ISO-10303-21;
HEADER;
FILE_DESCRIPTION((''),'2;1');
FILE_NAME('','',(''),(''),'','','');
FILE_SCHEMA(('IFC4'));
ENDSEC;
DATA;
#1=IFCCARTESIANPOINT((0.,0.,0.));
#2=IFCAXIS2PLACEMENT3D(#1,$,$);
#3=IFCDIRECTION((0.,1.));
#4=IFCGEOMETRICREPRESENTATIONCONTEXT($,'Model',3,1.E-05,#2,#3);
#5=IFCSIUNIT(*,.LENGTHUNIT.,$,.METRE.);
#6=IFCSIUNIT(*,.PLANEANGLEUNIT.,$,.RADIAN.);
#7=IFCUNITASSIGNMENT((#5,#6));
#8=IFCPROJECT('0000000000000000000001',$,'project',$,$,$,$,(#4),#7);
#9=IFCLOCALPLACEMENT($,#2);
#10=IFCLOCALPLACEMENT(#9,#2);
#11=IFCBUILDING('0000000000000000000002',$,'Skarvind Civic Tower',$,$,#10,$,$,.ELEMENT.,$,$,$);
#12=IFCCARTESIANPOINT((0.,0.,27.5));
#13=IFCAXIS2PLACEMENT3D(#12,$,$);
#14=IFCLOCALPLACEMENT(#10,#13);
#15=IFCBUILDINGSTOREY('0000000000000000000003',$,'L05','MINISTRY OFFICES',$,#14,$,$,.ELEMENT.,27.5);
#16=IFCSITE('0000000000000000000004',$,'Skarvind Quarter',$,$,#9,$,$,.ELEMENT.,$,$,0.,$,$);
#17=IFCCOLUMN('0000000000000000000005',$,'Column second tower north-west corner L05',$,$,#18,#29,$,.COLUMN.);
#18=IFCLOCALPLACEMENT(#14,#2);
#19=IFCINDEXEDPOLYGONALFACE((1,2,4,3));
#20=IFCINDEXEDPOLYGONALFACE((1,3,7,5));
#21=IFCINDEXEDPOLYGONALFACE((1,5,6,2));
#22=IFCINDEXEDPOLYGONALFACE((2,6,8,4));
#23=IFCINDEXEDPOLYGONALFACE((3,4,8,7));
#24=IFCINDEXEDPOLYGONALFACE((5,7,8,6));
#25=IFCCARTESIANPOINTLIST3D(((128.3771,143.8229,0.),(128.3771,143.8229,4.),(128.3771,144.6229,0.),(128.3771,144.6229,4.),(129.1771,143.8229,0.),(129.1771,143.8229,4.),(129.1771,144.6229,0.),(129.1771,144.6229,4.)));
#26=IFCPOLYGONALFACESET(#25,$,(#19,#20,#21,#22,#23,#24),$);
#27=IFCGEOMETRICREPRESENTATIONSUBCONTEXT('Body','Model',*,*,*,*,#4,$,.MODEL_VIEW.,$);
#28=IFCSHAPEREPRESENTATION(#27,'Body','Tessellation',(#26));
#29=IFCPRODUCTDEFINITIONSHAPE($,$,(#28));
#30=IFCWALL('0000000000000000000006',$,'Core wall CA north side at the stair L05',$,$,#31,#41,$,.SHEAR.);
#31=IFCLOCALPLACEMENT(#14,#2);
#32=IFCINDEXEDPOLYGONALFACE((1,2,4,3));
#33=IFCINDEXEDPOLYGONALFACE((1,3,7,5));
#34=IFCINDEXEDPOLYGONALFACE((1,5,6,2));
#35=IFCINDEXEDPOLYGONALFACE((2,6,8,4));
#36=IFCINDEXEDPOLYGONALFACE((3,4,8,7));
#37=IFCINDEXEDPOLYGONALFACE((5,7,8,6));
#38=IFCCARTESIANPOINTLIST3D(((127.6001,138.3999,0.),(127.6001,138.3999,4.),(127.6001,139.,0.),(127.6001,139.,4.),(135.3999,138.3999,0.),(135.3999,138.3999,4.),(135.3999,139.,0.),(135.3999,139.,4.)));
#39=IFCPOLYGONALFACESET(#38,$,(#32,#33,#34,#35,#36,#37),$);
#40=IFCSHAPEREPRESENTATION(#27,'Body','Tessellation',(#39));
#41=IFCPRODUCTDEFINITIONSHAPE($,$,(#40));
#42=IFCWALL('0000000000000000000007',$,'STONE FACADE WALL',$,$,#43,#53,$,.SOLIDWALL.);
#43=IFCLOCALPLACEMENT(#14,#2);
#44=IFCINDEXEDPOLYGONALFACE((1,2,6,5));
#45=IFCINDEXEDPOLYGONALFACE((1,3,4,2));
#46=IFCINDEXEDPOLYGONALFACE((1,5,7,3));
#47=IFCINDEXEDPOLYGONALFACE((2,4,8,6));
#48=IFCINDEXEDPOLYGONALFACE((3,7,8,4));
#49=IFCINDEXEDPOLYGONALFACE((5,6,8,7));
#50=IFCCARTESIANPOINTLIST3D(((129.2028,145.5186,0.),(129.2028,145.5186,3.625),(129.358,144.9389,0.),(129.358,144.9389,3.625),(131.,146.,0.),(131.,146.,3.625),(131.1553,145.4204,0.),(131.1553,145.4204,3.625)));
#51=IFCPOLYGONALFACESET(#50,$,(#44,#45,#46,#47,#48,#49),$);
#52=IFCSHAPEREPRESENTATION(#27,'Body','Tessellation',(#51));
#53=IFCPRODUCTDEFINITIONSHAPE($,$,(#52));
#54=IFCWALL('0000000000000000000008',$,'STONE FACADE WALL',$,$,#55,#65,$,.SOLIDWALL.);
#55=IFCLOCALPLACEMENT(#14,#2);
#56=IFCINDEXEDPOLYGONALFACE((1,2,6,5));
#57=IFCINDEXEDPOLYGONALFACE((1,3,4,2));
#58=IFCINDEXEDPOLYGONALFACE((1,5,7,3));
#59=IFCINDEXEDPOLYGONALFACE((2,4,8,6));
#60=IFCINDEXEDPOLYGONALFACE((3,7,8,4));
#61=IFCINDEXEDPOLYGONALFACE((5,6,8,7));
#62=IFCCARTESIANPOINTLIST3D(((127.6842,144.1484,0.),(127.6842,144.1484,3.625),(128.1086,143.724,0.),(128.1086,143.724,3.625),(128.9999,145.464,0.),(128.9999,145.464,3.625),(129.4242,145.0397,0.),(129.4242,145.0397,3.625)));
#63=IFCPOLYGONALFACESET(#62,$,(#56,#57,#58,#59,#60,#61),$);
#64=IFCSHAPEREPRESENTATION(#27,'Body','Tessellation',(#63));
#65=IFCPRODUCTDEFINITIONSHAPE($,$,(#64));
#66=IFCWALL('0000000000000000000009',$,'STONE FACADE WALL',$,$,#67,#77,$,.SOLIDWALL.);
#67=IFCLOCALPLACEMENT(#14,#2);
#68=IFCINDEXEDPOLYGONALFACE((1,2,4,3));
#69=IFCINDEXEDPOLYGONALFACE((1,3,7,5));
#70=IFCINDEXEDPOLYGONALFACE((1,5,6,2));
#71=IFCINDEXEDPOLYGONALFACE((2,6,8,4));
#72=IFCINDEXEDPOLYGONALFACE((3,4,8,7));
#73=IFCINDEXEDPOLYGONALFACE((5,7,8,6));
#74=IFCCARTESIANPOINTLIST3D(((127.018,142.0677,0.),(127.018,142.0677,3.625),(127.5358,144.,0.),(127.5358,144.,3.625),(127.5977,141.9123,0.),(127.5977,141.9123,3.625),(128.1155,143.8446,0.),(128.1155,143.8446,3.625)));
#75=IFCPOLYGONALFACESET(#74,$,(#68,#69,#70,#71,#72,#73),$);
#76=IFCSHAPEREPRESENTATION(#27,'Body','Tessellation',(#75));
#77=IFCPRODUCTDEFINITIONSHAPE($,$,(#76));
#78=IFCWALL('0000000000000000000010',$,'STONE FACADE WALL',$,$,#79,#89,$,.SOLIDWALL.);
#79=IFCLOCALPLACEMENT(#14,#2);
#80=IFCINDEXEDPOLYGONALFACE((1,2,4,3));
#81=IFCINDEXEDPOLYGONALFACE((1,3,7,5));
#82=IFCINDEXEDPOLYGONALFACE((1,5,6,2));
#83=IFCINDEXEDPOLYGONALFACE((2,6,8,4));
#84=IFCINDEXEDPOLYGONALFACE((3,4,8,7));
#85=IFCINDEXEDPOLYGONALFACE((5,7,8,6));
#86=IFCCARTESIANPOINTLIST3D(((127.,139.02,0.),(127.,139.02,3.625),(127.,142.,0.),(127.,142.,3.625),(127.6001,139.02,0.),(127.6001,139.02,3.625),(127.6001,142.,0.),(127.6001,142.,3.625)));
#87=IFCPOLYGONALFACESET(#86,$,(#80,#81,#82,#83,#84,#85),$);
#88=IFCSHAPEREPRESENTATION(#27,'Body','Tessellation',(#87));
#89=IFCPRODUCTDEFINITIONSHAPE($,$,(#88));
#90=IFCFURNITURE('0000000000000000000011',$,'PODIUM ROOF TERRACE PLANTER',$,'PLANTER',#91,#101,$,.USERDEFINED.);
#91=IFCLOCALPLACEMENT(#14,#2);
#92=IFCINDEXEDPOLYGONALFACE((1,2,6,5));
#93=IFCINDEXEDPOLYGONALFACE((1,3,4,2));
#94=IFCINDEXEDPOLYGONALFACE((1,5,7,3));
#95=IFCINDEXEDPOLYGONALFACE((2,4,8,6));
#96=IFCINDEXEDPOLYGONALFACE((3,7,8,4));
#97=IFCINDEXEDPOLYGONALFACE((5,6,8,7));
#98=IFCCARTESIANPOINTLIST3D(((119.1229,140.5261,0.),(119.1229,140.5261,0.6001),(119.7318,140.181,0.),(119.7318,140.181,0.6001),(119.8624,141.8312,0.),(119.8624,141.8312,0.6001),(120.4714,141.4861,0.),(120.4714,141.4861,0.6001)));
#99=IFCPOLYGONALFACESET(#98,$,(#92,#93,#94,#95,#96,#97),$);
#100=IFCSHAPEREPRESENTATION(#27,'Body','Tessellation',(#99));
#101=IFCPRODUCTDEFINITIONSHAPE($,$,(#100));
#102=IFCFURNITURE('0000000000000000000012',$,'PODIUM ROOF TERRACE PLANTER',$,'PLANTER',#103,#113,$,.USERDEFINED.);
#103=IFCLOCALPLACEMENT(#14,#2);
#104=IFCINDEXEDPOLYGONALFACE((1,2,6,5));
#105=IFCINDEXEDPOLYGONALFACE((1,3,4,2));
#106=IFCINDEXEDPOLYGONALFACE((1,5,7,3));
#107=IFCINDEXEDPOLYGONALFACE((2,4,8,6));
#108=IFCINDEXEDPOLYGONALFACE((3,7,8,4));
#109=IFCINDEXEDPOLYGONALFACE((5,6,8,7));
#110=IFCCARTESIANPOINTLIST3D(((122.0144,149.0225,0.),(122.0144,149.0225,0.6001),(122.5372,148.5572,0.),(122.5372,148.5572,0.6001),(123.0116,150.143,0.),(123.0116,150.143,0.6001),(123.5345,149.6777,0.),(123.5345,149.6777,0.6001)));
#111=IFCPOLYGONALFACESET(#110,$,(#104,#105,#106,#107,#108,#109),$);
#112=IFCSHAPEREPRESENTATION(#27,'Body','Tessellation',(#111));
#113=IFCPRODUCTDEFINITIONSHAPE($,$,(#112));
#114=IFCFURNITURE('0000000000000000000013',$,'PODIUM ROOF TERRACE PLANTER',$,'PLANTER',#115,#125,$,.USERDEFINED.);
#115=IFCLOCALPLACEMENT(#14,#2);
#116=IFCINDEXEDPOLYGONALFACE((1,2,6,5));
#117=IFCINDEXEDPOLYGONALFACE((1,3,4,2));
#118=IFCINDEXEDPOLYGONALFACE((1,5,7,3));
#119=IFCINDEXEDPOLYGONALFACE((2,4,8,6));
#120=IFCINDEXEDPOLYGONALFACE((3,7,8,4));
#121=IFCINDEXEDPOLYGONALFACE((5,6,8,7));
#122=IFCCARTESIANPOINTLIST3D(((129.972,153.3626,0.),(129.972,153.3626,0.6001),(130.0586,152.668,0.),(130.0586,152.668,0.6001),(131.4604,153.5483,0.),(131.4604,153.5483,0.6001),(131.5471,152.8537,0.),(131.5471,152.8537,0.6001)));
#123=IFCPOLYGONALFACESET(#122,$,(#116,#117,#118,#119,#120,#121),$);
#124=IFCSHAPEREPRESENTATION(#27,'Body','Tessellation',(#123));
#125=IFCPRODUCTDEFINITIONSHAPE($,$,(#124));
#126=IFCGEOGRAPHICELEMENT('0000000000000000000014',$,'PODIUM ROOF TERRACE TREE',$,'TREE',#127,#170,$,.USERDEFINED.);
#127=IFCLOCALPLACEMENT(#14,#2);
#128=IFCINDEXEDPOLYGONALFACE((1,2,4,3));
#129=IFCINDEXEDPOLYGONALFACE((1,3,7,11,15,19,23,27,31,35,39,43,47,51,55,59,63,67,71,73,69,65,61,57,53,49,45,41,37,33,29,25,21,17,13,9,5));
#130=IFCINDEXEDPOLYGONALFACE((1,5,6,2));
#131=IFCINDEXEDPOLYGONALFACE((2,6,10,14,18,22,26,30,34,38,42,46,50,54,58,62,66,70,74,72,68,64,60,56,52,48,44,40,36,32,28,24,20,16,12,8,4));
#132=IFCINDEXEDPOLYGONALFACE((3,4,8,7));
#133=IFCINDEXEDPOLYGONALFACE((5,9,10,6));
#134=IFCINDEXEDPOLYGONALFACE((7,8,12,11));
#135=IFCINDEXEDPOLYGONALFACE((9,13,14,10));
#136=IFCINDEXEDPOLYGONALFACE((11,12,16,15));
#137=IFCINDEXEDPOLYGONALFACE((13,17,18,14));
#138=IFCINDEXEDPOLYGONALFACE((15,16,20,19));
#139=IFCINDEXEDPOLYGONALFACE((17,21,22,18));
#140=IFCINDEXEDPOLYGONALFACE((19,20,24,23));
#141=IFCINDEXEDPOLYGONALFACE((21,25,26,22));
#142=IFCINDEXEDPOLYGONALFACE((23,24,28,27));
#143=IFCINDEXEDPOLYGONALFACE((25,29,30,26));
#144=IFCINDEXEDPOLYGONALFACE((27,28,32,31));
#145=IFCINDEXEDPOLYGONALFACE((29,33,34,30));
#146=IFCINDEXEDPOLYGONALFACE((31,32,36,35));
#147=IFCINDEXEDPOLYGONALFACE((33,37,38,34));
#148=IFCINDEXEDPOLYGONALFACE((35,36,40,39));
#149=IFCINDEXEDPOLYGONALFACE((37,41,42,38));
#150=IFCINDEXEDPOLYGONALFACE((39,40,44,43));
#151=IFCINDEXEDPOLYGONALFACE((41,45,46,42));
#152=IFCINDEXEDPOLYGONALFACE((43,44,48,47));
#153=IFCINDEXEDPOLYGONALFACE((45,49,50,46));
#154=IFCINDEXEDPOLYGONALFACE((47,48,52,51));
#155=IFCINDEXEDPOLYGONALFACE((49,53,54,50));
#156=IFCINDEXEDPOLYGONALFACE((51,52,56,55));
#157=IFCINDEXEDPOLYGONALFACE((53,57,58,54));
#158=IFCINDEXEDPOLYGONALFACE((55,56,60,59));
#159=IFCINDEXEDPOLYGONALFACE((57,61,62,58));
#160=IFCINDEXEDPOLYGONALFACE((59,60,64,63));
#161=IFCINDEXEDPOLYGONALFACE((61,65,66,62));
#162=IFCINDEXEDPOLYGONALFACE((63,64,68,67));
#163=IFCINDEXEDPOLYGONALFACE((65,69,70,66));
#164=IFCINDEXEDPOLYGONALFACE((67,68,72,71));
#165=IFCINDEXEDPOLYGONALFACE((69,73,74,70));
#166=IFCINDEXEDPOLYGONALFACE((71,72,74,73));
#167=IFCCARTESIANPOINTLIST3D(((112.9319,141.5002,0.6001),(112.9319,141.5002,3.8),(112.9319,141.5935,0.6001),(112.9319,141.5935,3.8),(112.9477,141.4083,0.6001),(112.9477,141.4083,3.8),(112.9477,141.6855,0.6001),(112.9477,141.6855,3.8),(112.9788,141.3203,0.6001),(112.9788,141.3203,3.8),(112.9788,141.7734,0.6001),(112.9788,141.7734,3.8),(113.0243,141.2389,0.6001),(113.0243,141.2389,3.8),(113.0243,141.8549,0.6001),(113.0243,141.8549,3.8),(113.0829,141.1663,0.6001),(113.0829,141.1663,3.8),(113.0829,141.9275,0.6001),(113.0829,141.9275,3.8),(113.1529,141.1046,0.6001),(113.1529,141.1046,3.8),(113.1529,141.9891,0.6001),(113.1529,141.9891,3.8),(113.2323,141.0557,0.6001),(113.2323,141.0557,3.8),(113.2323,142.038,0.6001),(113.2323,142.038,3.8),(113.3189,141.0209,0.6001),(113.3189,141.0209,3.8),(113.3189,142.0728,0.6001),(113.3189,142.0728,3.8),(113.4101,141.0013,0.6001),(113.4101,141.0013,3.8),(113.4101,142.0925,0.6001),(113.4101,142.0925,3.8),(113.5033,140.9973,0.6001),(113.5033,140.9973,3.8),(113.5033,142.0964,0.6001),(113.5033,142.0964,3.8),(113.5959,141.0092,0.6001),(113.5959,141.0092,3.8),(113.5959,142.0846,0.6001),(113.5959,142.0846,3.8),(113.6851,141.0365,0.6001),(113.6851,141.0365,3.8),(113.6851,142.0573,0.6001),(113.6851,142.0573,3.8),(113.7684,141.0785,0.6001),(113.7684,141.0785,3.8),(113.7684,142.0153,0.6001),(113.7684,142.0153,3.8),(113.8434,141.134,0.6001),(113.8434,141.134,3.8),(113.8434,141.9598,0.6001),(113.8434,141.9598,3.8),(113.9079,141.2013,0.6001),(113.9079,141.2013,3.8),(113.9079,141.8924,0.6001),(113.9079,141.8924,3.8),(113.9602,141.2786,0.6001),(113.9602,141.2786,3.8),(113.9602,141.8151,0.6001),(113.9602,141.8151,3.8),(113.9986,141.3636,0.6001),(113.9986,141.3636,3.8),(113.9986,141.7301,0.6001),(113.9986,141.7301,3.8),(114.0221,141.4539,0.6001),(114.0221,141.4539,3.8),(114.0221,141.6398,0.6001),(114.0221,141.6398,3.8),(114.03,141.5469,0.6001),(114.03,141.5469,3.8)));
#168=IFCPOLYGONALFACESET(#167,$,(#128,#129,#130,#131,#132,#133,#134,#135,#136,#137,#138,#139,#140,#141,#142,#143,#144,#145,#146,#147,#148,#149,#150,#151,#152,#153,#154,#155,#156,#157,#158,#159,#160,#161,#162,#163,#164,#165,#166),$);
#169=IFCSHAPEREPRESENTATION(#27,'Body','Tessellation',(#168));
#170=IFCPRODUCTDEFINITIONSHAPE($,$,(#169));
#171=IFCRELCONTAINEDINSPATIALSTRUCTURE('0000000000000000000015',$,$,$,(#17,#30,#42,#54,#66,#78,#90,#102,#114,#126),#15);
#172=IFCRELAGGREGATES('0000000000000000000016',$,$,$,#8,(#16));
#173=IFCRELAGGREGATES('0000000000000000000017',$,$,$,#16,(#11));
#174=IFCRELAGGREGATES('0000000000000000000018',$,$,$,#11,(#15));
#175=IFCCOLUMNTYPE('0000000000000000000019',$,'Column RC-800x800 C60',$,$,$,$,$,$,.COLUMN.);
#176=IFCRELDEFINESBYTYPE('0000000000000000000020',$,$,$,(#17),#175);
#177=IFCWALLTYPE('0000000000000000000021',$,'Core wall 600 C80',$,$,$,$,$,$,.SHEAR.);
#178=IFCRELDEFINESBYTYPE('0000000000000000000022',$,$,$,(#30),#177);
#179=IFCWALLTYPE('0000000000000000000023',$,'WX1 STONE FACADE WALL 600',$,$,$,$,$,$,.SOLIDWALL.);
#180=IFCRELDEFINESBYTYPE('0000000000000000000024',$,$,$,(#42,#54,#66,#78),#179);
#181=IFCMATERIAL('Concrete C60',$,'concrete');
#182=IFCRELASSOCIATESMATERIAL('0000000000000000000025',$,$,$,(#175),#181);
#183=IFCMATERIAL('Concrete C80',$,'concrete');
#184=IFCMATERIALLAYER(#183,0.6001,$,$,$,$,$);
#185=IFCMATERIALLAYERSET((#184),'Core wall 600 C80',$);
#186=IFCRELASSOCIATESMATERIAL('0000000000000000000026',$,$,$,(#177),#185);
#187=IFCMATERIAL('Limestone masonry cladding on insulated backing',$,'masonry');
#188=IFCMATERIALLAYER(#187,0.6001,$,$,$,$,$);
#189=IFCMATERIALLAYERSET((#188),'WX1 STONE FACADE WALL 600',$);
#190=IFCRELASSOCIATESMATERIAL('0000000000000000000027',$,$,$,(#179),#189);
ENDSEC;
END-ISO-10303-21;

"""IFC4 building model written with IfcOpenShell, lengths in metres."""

from ifc_helpers import new_model, si_unit, direction, frame, frame_2d, origin, origin_2d, place, context, subcontext, project, spatial, rectangle, circle, extrude, material, layer, layer_set, material_profile, profile_set, type_object, element, save


model = new_model("IFC4")

# Units and contexts
model_context = context("Model", 3, precision=1e-05, world=origin(), true_north=direction((0.0, 1.0)))
body_context = subcontext(model_context, "Body", "Model", "MODEL_VIEW")
ifc_project = project(units=[si_unit("LENGTHUNIT", "METRE"), si_unit("PLANEANGLEUNIT", "RADIAN")], contexts=[model_context])

# Site, building, storey
site_placement = place(None, origin())
site = spatial("IfcSite", under=ifc_project, at=site_placement, Name="Skarvind Quarter", CompositionType="ELEMENT", RefElevation=0.0)
building_placement = place(site_placement, origin())
building = spatial("IfcBuilding", under=site, at=building_placement, Name="Skarvind Civic Tower", CompositionType="ELEMENT")
storey_placement = place(building_placement, frame((0.0, 0.0, 27.5)))
storey = spatial("IfcBuildingStorey", under=building, at=storey_placement, Name="L05", Description="MINISTRY OFFICES", CompositionType="ELEMENT", Elevation=27.5)

# Column
ifc_material_1 = material(Name="Concrete C60", Category="concrete")
ifc_material_profile = material_profile(ifc_material_1, rectangle(XDim=0.8, YDim=0.8, at=origin_2d()), Name="RC-800x800")
ifc_profile_set = profile_set([ifc_material_profile], Name="Concrete C60")
column_type = type_object("IfcColumnType", Name="Column RC-800x800 C60", PredefinedType="COLUMN", material=ifc_profile_set)
column_placement = place(storey_placement, frame((128.7771, 144.2229, 0.0), z_axis=(0.0, 0.0, 1.0), x_axis=(1.0, 0.0, 0.0)))
element("IfcColumn", 1, at=column_placement, inside=storey, type_object=column_type, Name="Column second tower north-west corner L05", PredefinedType="COLUMN", context=body_context, shape_type="SweptSolid", body=[
    extrude(rectangle(XDim=0.8, YDim=0.8, at=origin_2d()), origin(), (0.0, 0.0, 1.0), 4.0),
])

# Wall
ifc_material_2 = material(Name="Concrete C80", Category="concrete")
ifc_layer_1 = layer(ifc_material_2, 0.6001)
ifc_layer_set_1 = layer_set([ifc_layer_1], Name="Core wall 600 C80")
wall_type_1 = type_object("IfcWallType", Name="Core wall 600 C80", PredefinedType="SHEAR", material=ifc_layer_set_1)
wall_1_placement = place(storey_placement, frame((127.6001, 138.7, 0.0), z_axis=(0.0, 0.0, 1.0), x_axis=(1.0, 0.0, 0.0)))
element("IfcWall", 2, at=wall_1_placement, inside=storey, type_object=wall_type_1, Name="Core wall CA north side at the stair L05", PredefinedType="SHEAR", context=body_context, shape_type="SweptSolid", body=[
    extrude(rectangle(XDim=7.7998, YDim=0.6001, at=frame_2d((3.8999, 0.0))), origin(), (0.0, 0.0, 1.0), 4.0),
])

# Shared definitions
ifc_material_3 = material(Name="Limestone masonry cladding on insulated backing", Category="masonry")
ifc_layer_2 = layer(ifc_material_3, 0.6001)
ifc_layer_set_2 = layer_set([ifc_layer_2], Name="WX1 STONE FACADE WALL 600")
wall_type_2 = type_object("IfcWallType", Name="WX1 STONE FACADE WALL 600", PredefinedType="SOLIDWALL", material=ifc_layer_set_2)

# Walls
for number, where, z_axis, x_axis, name in (
    (3, (129.2805, 145.2288, 0.0), (0.0, 0.0, 1.0), (0.965938, 0.258773, 0.0), "STONE FACADE WALL"),
    (4, (127.8965, 143.9363, 0.0), (0.0, 0.0, 1.0), (0.707107, 0.707107, 0.0), "STONE FACADE WALL"),
):
    element("IfcWall", number, at=place(storey_placement, frame(where, z_axis=z_axis, x_axis=x_axis)), inside=storey, type_object=wall_type_2, Name=name, PredefinedType="SOLIDWALL", context=body_context, shape_type="SweptSolid", body=[
        extrude(rectangle(XDim=1.8606, YDim=0.6001, at=frame_2d((0.9302, 0.0))), origin(), (0.0, 0.0, 1.0), 3.625),
    ])
wall_2_placement = place(storey_placement, frame((127.3079, 141.99, 0.0), z_axis=(0.0, 0.0, 1.0), x_axis=(0.25884, 0.96592, 0.0)))
element("IfcWall", 5, at=wall_2_placement, inside=storey, type_object=wall_type_2, Name="STONE FACADE WALL", PredefinedType="SOLIDWALL", context=body_context, shape_type="SweptSolid", body=[
    extrude(rectangle(XDim=2.0005, YDim=0.6001, at=frame_2d((1.0002, 0.0))), origin(), (0.0, 0.0, 1.0), 3.625),
])
wall_3_placement = place(storey_placement, frame((127.3, 139.02, 0.0), z_axis=(0.0, 0.0, 1.0), x_axis=(0.0, 1.0, 0.0)))
element("IfcWall", 6, at=wall_3_placement, inside=storey, type_object=wall_type_2, Name="STONE FACADE WALL", PredefinedType="SOLIDWALL", context=body_context, shape_type="SweptSolid", body=[
    extrude(rectangle(XDim=2.98, YDim=0.6001, at=frame_2d((1.49, 0.0))), origin(), (0.0, 0.0, 1.0), 3.625),
])

# Furniture
for number, where, z_axis, x_axis, name in (
    (7, (119.7971, 141.0061, 0.0), (0.0, 0.0, 1.0), (0.493031, 0.870012, 0.0), "PODIUM ROOF TERRACE PLANTER"),
    (8, (122.7744, 149.3501, 0.0), (0.0, 0.0, 1.0), (0.664839, 0.746986, 0.0), "PODIUM ROOF TERRACE PLANTER"),
    (9, (130.7595, 153.1082, 0.0), (0.0, 0.0, 1.0), (0.99231, 0.123775, 0.0), "PODIUM ROOF TERRACE PLANTER"),
):
    element("IfcFurniture", number, at=place(storey_placement, frame(where, z_axis=z_axis, x_axis=x_axis)), inside=storey, Name=name, ObjectType="PLANTER", PredefinedType="USERDEFINED", context=body_context, shape_type="SweptSolid", body=[
        extrude(rectangle(XDim=1.5, YDim=0.7, at=origin_2d()), origin(), (0.0, 0.0, 1.0), 0.6001),
    ])

# Geographic element
for number, where, z_axis, x_axis, name in (
    (10, (113.48, 141.5469, 0.6001), (0.0, 0.0, 1.0), (1.0, 0.0, 0.0), "PODIUM ROOF TERRACE TREE"),
):
    element("IfcGeographicElement", number, at=place(storey_placement, frame(where, z_axis=z_axis, x_axis=x_axis)), inside=storey, Name=name, ObjectType="TREE", PredefinedType="USERDEFINED", context=body_context, shape_type="SweptSolid", body=[
        extrude(circle(Radius=0.55, at=origin_2d()), origin(), (0.0, 0.0, 1.0), 3.2),
    ])

save(model, "model.ifc")
